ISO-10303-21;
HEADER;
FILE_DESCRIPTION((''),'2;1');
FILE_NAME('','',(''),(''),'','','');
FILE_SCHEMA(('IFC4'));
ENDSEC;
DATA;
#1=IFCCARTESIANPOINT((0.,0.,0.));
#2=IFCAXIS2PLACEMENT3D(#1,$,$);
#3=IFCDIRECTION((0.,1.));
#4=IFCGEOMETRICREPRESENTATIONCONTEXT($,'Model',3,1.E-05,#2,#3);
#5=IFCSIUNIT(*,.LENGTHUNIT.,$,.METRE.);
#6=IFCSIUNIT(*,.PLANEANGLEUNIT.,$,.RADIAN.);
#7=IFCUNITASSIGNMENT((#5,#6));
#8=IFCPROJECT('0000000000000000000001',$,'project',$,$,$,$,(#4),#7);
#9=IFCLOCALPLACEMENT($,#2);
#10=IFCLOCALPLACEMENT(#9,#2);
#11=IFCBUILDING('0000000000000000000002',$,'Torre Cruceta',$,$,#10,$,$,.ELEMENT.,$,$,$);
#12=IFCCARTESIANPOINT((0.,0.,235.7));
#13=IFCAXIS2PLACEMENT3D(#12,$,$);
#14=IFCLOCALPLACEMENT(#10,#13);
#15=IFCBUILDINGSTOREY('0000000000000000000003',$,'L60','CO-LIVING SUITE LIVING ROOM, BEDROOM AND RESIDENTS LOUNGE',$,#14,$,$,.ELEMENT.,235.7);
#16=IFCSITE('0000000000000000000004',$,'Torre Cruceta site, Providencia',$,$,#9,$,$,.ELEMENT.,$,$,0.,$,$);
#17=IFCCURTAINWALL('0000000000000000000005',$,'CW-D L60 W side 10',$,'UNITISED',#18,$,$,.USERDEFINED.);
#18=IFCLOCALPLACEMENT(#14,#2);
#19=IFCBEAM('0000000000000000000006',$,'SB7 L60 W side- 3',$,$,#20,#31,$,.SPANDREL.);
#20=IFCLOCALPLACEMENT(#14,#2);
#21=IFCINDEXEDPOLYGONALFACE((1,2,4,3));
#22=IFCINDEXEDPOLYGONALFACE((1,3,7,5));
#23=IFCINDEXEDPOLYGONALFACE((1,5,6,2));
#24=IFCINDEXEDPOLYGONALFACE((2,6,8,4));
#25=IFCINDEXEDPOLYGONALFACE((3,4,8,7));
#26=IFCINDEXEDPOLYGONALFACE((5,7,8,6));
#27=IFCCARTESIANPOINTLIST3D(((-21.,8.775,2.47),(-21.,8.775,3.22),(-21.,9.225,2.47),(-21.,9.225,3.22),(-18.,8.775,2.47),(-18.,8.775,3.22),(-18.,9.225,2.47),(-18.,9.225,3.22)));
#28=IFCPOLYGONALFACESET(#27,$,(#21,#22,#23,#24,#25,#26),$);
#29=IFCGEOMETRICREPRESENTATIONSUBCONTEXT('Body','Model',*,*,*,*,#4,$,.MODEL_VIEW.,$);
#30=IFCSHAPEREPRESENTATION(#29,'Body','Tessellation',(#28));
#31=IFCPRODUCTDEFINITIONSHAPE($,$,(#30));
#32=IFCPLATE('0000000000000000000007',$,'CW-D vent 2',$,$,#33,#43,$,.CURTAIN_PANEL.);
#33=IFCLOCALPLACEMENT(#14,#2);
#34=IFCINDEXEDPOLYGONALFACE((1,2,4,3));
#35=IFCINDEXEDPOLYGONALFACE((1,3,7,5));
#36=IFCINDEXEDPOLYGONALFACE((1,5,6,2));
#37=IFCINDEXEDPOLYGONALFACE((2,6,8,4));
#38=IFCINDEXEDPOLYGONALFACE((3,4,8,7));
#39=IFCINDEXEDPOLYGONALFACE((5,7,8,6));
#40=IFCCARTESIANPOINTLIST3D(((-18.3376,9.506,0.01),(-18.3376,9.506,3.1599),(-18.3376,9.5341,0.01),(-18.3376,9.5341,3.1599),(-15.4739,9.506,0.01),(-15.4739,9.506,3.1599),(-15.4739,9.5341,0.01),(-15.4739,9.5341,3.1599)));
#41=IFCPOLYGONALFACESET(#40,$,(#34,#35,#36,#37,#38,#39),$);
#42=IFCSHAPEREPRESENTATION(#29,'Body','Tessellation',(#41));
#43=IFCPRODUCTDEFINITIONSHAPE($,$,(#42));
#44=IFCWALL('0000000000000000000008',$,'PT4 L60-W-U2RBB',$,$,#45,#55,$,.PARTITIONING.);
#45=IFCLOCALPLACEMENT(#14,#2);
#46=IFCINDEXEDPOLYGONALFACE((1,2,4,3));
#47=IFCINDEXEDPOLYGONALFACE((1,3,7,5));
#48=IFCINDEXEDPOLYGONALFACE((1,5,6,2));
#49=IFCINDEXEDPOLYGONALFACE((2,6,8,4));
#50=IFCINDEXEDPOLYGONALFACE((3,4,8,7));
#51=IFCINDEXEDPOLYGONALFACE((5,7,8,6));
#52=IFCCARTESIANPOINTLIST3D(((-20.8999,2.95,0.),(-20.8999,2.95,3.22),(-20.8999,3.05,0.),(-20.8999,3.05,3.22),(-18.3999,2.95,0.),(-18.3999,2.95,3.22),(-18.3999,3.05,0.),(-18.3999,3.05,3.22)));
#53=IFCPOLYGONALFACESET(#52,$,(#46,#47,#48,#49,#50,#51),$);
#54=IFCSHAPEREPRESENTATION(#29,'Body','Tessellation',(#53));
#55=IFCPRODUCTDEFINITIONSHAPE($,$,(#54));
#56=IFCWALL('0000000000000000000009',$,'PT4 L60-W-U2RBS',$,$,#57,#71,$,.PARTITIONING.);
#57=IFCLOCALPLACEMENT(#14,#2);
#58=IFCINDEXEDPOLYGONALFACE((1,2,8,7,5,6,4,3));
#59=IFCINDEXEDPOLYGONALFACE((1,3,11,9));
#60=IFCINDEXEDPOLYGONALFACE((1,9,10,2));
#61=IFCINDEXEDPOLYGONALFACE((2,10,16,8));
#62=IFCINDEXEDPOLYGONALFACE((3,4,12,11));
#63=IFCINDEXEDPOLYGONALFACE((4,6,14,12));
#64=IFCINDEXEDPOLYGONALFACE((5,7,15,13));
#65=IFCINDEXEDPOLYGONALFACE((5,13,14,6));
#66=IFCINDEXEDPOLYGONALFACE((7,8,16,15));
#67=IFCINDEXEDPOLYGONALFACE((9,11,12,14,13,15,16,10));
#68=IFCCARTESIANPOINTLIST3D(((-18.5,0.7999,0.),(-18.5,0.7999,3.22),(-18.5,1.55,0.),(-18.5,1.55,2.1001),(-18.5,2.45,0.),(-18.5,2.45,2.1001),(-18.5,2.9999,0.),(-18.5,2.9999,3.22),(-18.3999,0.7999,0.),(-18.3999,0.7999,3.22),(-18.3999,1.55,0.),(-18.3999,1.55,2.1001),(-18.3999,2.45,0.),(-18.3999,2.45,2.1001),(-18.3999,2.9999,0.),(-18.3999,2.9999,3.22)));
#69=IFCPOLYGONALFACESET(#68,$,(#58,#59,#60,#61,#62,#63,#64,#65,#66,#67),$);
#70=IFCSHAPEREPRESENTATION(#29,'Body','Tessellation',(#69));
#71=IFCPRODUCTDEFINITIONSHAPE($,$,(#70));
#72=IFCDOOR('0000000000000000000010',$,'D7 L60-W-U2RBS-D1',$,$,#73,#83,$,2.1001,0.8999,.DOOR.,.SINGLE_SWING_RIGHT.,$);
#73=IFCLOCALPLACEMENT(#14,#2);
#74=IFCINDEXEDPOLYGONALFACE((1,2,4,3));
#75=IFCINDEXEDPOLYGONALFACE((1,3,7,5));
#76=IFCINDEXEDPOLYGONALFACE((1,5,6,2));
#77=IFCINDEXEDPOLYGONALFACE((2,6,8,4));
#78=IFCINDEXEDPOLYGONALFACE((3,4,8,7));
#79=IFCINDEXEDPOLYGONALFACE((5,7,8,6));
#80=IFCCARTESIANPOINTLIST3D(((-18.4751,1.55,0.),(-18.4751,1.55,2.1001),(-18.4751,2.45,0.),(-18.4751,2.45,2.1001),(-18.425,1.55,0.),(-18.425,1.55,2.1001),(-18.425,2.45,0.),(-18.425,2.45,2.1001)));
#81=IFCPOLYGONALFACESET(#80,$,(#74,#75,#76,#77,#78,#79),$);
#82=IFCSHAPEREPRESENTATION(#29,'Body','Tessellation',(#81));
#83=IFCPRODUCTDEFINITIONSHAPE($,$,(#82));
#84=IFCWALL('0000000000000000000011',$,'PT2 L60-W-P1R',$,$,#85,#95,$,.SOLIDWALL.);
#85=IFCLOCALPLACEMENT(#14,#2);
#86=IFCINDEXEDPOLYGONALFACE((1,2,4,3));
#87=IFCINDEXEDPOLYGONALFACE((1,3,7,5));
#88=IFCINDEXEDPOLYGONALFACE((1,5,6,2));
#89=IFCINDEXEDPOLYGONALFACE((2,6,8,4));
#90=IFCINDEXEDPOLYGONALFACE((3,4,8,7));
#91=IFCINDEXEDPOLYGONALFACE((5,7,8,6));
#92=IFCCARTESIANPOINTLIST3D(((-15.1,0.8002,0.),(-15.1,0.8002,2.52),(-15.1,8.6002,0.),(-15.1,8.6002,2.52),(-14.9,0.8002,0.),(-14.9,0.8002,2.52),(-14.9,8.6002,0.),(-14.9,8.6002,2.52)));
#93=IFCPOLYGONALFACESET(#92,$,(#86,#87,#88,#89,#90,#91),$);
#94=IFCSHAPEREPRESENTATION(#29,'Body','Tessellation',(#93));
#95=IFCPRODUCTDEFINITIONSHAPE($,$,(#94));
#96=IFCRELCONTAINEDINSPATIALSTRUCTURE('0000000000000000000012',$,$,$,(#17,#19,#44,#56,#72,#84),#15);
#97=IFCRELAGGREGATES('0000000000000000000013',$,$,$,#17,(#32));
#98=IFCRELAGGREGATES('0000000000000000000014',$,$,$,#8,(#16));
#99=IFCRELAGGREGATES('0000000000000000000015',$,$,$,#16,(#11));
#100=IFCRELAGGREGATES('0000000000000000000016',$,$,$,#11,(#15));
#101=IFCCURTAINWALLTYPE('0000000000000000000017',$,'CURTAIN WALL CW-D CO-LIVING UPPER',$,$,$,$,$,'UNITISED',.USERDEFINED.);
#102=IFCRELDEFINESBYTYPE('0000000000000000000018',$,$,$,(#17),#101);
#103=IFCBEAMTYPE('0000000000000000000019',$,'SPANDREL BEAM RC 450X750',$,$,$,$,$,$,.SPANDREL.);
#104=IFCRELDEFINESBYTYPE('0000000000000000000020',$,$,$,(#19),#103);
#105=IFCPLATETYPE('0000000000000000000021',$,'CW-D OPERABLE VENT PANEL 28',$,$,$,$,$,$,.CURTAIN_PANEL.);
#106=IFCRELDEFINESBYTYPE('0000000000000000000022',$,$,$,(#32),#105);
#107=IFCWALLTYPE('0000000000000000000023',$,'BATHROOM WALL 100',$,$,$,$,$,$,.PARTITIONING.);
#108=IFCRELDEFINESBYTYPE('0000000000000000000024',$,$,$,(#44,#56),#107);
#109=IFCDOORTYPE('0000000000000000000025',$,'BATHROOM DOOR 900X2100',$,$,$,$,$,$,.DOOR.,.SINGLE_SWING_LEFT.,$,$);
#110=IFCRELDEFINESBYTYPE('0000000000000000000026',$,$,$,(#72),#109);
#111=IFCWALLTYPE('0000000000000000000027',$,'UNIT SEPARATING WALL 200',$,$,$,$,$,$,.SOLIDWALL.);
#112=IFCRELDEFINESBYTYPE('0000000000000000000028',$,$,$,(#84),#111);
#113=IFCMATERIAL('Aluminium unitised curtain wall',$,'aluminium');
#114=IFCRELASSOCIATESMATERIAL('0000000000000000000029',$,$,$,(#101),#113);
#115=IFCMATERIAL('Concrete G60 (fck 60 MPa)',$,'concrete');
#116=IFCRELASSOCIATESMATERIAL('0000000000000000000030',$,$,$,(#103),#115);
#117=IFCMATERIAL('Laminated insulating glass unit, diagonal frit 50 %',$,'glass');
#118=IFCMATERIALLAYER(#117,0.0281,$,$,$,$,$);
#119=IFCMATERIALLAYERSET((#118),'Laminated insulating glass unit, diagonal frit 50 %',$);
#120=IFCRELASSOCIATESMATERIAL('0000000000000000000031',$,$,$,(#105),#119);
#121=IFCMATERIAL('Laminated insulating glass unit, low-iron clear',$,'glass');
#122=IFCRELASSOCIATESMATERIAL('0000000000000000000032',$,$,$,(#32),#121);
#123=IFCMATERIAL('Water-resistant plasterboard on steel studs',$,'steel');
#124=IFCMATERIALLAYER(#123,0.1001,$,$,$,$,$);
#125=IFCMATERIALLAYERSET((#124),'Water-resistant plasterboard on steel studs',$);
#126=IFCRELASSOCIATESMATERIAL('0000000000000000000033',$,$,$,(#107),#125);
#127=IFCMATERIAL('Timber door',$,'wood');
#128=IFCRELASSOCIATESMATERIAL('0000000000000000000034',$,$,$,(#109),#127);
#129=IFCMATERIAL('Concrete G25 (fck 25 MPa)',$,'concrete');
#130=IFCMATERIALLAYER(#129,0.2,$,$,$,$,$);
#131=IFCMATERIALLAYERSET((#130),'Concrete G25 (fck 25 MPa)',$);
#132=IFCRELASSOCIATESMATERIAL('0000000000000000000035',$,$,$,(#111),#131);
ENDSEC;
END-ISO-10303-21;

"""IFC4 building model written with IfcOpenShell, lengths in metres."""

from ifc_helpers import new_model, si_unit, direction, frame, frame_2d, origin, origin_2d, place, context, subcontext, project, spatial, rectangle, extrude, material, layer, layer_set, material_profile, profile_set, type_object, element, fill, aggregate, save


model = new_model("IFC4")

# Units and contexts
model_context = context("Model", 3, precision=1e-05, world=origin(), true_north=direction((0.0, 1.0)))
body_context = subcontext(model_context, "Body", "Model", "MODEL_VIEW")
ifc_project = project(units=[si_unit("LENGTHUNIT", "METRE"), si_unit("PLANEANGLEUNIT", "RADIAN")], contexts=[model_context])

# Site, building, storey
site_placement = place(None, origin())
site = spatial("IfcSite", under=ifc_project, at=site_placement, Name="Torre Cruceta site, Providencia", CompositionType="ELEMENT", RefElevation=0.0)
building_placement = place(site_placement, origin())
building = spatial("IfcBuilding", under=site, at=building_placement, Name="Torre Cruceta", CompositionType="ELEMENT")
storey_placement = place(building_placement, frame((0.0, 0.0, 235.7)))
storey = spatial("IfcBuildingStorey", under=building, at=storey_placement, Name="L60", Description="CO-LIVING SUITE LIVING ROOM, BEDROOM AND RESIDENTS LOUNGE", CompositionType="ELEMENT", Elevation=235.7)

# Curtain wall
ifc_material_1 = material(Name="Aluminium unitised curtain wall", Category="aluminium")
curtain_wall_type = type_object("IfcCurtainWallType", Name="CURTAIN WALL CW-D CO-LIVING UPPER", ElementType="UNITISED", PredefinedType="USERDEFINED", material=ifc_material_1)
curtain_wall_placement = place(storey_placement, origin())
curtain_wall = element("IfcCurtainWall", 1, at=curtain_wall_placement, inside=storey, type_object=curtain_wall_type, Name="CW-D L60 W side 10", ObjectType="UNITISED", PredefinedType="USERDEFINED")

# Beam
ifc_material_2 = material(Name="Concrete G60 (fck 60 MPa)", Category="concrete")
ifc_material_profile_1 = material_profile(ifc_material_2, rectangle(XDim=0.45, YDim=0.75, at=origin_2d()), Name="RC 450X750")
ifc_profile_set_1 = profile_set([ifc_material_profile_1], Name="Concrete G60 (fck 60 MPa)")
beam_type_1 = type_object("IfcBeamType", Name="SPANDREL BEAM RC 450X750", PredefinedType="SPANDREL", material=ifc_profile_set_1)
for number, where, z_axis, x_axis, name in (
    (2, (-18.0, 9.0, 2.845), (-1.0, 0.0, 0.0), (0.0, -1.0, 0.0), "SB7 L60 W side- 3"),
):
    element("IfcBeam", number, at=place(storey_placement, frame(where, z_axis=z_axis, x_axis=x_axis)), inside=storey, type_object=beam_type_1, Name=name, PredefinedType="SPANDREL", context=body_context, shape_type="SweptSolid", body=[
        extrude(rectangle(XDim=0.45, YDim=0.75, at=origin_2d()), origin(), (0.0, 0.0, 1.0), 3.0),
    ])

# Plate
ifc_material_3 = material(Name="Laminated insulating glass unit, low-iron clear", Category="glass")
ifc_material_4 = material(Name="Laminated insulating glass unit, diagonal frit 50 %", Category="glass")
ifc_layer_1 = layer(ifc_material_4, 0.0281)
ifc_layer_set_1 = layer_set([ifc_layer_1], Name="Laminated insulating glass unit, diagonal frit 50 %")
plate_type = type_object("IfcPlateType", Name="CW-D OPERABLE VENT PANEL 28", PredefinedType="CURTAIN_PANEL", material=ifc_layer_set_1)
plate_placement = place(storey_placement, frame((-16.9058, 9.52, 0.01), z_axis=(0.0, 0.0, 1.0), x_axis=(-1.0, 0.0, 0.0)))
plate = element("IfcPlate", 3, at=plate_placement, type_object=plate_type, material=ifc_material_3, Name="CW-D vent 2", PredefinedType="CURTAIN_PANEL", context=body_context, shape_type="SweptSolid", body=[
    extrude(rectangle(XDim=2.8638, YDim=0.0281, at=origin_2d()), origin(), (0.0, 0.0, 1.0), 3.1499),
])
aggregate(curtain_wall, [plate])

# Wall
ifc_material_5 = material(Name="Water-resistant plasterboard on steel studs", Category="steel")
ifc_layer_2 = layer(ifc_material_5, 0.1001)
ifc_layer_set_2 = layer_set([ifc_layer_2], Name="Water-resistant plasterboard on steel studs")
wall_type_1 = type_object("IfcWallType", Name="BATHROOM WALL 100", PredefinedType="PARTITIONING", material=ifc_layer_set_2)
wall_1_placement = place(storey_placement, frame((-18.3999, 3.0, 0.0), z_axis=(0.0, 0.0, 1.0), x_axis=(-1.0, 0.0, 0.0)))
element("IfcWall", 4, at=wall_1_placement, inside=storey, type_object=wall_type_1, Name="PT4 L60-W-U2RBB", PredefinedType="PARTITIONING", context=body_context, shape_type="SweptSolid", body=[
    extrude(rectangle(XDim=2.5, YDim=0.1001, at=frame_2d((1.25, 0.0))), origin(), (0.0, 0.0, 1.0), 3.22),
])

# Wall, opening, door
wall_2_placement = place(storey_placement, frame((-18.45, 3.0, 0.0), z_axis=(0.0, 0.0, 1.0), x_axis=(0.0, -1.0, 0.0)))
wall_2 = element("IfcWall", 5, at=wall_2_placement, inside=storey, type_object=wall_type_1, Name="PT4 L60-W-U2RBS", PredefinedType="PARTITIONING", context=body_context, shape_type="SweptSolid", body=[
    extrude(rectangle(XDim=2.2, YDim=0.1001, at=frame_2d((1.1001, 0.0))), origin(), (0.0, 0.0, 1.0), 3.22),
])
opening_placement = place(wall_2_placement, frame((0.55, 0.0, 0.0)))
opening = element("IfcOpeningElement", 6, at=opening_placement, cuts=wall_2, PredefinedType="OPENING", context=body_context, shape_type="SweptSolid", body=[
    extrude(rectangle(XDim=0.8999, YDim=2.1001, at=frame_2d((0.45, 1.05))), frame((0.0, 0.0601, 0.0), z_axis=(0.0, -1.0, 0.0), x_axis=(1.0, 0.0, 0.0)), (0.0, 0.0, 1.0), 0.1201),
])
ifc_material_6 = material(Name="Timber door", Category="wood")
door_type = type_object("IfcDoorType", Name="BATHROOM DOOR 900X2100", OperationType="SINGLE_SWING_LEFT", PredefinedType="DOOR", material=ifc_material_6)
door_placement = place(opening_placement, frame((0.8999, 0.0, 0.0), z_axis=(0.0, 0.0, 1.0), x_axis=(-1.0, 0.0, 0.0)))
door = element("IfcDoor", 7, at=door_placement, inside=storey, type_object=door_type, Name="D7 L60-W-U2RBS-D1", OperationType="SINGLE_SWING_RIGHT", OverallHeight=2.1001, OverallWidth=0.8999, PredefinedType="DOOR", context=body_context, shape_type="SweptSolid", body=[
    extrude(rectangle(XDim=0.8999, YDim=2.1001, at=frame_2d((0.45, 1.05))), frame((0.0, 0.0251, 0.0), z_axis=(0.0, -1.0, 0.0), x_axis=(1.0, 0.0, 0.0)), (0.0, 0.0, 1.0), 0.05),
])
fill(opening, door)

# Wall
ifc_material_7 = material(Name="Concrete G25 (fck 25 MPa)", Category="concrete")
ifc_layer_3 = layer(ifc_material_7, 0.2)
ifc_layer_set_3 = layer_set([ifc_layer_3], Name="Concrete G25 (fck 25 MPa)")
wall_type_2 = type_object("IfcWallType", Name="UNIT SEPARATING WALL 200", PredefinedType="SOLIDWALL", material=ifc_layer_set_3)
wall_3_placement = place(storey_placement, frame((-15.0, 8.6001, 0.0), z_axis=(0.0, 0.0, 1.0), x_axis=(0.0, -1.0, 0.0)))
element("IfcWall", 8, at=wall_3_placement, inside=storey, type_object=wall_type_2, Name="PT2 L60-W-P1R", PredefinedType="SOLIDWALL", context=body_context, shape_type="SweptSolid", body=[
    extrude(rectangle(XDim=7.8, YDim=0.2, at=frame_2d((3.8999, 0.0))), origin(), (0.0, 0.0, 1.0), 2.52),
])

save(model, "model.ifc")
